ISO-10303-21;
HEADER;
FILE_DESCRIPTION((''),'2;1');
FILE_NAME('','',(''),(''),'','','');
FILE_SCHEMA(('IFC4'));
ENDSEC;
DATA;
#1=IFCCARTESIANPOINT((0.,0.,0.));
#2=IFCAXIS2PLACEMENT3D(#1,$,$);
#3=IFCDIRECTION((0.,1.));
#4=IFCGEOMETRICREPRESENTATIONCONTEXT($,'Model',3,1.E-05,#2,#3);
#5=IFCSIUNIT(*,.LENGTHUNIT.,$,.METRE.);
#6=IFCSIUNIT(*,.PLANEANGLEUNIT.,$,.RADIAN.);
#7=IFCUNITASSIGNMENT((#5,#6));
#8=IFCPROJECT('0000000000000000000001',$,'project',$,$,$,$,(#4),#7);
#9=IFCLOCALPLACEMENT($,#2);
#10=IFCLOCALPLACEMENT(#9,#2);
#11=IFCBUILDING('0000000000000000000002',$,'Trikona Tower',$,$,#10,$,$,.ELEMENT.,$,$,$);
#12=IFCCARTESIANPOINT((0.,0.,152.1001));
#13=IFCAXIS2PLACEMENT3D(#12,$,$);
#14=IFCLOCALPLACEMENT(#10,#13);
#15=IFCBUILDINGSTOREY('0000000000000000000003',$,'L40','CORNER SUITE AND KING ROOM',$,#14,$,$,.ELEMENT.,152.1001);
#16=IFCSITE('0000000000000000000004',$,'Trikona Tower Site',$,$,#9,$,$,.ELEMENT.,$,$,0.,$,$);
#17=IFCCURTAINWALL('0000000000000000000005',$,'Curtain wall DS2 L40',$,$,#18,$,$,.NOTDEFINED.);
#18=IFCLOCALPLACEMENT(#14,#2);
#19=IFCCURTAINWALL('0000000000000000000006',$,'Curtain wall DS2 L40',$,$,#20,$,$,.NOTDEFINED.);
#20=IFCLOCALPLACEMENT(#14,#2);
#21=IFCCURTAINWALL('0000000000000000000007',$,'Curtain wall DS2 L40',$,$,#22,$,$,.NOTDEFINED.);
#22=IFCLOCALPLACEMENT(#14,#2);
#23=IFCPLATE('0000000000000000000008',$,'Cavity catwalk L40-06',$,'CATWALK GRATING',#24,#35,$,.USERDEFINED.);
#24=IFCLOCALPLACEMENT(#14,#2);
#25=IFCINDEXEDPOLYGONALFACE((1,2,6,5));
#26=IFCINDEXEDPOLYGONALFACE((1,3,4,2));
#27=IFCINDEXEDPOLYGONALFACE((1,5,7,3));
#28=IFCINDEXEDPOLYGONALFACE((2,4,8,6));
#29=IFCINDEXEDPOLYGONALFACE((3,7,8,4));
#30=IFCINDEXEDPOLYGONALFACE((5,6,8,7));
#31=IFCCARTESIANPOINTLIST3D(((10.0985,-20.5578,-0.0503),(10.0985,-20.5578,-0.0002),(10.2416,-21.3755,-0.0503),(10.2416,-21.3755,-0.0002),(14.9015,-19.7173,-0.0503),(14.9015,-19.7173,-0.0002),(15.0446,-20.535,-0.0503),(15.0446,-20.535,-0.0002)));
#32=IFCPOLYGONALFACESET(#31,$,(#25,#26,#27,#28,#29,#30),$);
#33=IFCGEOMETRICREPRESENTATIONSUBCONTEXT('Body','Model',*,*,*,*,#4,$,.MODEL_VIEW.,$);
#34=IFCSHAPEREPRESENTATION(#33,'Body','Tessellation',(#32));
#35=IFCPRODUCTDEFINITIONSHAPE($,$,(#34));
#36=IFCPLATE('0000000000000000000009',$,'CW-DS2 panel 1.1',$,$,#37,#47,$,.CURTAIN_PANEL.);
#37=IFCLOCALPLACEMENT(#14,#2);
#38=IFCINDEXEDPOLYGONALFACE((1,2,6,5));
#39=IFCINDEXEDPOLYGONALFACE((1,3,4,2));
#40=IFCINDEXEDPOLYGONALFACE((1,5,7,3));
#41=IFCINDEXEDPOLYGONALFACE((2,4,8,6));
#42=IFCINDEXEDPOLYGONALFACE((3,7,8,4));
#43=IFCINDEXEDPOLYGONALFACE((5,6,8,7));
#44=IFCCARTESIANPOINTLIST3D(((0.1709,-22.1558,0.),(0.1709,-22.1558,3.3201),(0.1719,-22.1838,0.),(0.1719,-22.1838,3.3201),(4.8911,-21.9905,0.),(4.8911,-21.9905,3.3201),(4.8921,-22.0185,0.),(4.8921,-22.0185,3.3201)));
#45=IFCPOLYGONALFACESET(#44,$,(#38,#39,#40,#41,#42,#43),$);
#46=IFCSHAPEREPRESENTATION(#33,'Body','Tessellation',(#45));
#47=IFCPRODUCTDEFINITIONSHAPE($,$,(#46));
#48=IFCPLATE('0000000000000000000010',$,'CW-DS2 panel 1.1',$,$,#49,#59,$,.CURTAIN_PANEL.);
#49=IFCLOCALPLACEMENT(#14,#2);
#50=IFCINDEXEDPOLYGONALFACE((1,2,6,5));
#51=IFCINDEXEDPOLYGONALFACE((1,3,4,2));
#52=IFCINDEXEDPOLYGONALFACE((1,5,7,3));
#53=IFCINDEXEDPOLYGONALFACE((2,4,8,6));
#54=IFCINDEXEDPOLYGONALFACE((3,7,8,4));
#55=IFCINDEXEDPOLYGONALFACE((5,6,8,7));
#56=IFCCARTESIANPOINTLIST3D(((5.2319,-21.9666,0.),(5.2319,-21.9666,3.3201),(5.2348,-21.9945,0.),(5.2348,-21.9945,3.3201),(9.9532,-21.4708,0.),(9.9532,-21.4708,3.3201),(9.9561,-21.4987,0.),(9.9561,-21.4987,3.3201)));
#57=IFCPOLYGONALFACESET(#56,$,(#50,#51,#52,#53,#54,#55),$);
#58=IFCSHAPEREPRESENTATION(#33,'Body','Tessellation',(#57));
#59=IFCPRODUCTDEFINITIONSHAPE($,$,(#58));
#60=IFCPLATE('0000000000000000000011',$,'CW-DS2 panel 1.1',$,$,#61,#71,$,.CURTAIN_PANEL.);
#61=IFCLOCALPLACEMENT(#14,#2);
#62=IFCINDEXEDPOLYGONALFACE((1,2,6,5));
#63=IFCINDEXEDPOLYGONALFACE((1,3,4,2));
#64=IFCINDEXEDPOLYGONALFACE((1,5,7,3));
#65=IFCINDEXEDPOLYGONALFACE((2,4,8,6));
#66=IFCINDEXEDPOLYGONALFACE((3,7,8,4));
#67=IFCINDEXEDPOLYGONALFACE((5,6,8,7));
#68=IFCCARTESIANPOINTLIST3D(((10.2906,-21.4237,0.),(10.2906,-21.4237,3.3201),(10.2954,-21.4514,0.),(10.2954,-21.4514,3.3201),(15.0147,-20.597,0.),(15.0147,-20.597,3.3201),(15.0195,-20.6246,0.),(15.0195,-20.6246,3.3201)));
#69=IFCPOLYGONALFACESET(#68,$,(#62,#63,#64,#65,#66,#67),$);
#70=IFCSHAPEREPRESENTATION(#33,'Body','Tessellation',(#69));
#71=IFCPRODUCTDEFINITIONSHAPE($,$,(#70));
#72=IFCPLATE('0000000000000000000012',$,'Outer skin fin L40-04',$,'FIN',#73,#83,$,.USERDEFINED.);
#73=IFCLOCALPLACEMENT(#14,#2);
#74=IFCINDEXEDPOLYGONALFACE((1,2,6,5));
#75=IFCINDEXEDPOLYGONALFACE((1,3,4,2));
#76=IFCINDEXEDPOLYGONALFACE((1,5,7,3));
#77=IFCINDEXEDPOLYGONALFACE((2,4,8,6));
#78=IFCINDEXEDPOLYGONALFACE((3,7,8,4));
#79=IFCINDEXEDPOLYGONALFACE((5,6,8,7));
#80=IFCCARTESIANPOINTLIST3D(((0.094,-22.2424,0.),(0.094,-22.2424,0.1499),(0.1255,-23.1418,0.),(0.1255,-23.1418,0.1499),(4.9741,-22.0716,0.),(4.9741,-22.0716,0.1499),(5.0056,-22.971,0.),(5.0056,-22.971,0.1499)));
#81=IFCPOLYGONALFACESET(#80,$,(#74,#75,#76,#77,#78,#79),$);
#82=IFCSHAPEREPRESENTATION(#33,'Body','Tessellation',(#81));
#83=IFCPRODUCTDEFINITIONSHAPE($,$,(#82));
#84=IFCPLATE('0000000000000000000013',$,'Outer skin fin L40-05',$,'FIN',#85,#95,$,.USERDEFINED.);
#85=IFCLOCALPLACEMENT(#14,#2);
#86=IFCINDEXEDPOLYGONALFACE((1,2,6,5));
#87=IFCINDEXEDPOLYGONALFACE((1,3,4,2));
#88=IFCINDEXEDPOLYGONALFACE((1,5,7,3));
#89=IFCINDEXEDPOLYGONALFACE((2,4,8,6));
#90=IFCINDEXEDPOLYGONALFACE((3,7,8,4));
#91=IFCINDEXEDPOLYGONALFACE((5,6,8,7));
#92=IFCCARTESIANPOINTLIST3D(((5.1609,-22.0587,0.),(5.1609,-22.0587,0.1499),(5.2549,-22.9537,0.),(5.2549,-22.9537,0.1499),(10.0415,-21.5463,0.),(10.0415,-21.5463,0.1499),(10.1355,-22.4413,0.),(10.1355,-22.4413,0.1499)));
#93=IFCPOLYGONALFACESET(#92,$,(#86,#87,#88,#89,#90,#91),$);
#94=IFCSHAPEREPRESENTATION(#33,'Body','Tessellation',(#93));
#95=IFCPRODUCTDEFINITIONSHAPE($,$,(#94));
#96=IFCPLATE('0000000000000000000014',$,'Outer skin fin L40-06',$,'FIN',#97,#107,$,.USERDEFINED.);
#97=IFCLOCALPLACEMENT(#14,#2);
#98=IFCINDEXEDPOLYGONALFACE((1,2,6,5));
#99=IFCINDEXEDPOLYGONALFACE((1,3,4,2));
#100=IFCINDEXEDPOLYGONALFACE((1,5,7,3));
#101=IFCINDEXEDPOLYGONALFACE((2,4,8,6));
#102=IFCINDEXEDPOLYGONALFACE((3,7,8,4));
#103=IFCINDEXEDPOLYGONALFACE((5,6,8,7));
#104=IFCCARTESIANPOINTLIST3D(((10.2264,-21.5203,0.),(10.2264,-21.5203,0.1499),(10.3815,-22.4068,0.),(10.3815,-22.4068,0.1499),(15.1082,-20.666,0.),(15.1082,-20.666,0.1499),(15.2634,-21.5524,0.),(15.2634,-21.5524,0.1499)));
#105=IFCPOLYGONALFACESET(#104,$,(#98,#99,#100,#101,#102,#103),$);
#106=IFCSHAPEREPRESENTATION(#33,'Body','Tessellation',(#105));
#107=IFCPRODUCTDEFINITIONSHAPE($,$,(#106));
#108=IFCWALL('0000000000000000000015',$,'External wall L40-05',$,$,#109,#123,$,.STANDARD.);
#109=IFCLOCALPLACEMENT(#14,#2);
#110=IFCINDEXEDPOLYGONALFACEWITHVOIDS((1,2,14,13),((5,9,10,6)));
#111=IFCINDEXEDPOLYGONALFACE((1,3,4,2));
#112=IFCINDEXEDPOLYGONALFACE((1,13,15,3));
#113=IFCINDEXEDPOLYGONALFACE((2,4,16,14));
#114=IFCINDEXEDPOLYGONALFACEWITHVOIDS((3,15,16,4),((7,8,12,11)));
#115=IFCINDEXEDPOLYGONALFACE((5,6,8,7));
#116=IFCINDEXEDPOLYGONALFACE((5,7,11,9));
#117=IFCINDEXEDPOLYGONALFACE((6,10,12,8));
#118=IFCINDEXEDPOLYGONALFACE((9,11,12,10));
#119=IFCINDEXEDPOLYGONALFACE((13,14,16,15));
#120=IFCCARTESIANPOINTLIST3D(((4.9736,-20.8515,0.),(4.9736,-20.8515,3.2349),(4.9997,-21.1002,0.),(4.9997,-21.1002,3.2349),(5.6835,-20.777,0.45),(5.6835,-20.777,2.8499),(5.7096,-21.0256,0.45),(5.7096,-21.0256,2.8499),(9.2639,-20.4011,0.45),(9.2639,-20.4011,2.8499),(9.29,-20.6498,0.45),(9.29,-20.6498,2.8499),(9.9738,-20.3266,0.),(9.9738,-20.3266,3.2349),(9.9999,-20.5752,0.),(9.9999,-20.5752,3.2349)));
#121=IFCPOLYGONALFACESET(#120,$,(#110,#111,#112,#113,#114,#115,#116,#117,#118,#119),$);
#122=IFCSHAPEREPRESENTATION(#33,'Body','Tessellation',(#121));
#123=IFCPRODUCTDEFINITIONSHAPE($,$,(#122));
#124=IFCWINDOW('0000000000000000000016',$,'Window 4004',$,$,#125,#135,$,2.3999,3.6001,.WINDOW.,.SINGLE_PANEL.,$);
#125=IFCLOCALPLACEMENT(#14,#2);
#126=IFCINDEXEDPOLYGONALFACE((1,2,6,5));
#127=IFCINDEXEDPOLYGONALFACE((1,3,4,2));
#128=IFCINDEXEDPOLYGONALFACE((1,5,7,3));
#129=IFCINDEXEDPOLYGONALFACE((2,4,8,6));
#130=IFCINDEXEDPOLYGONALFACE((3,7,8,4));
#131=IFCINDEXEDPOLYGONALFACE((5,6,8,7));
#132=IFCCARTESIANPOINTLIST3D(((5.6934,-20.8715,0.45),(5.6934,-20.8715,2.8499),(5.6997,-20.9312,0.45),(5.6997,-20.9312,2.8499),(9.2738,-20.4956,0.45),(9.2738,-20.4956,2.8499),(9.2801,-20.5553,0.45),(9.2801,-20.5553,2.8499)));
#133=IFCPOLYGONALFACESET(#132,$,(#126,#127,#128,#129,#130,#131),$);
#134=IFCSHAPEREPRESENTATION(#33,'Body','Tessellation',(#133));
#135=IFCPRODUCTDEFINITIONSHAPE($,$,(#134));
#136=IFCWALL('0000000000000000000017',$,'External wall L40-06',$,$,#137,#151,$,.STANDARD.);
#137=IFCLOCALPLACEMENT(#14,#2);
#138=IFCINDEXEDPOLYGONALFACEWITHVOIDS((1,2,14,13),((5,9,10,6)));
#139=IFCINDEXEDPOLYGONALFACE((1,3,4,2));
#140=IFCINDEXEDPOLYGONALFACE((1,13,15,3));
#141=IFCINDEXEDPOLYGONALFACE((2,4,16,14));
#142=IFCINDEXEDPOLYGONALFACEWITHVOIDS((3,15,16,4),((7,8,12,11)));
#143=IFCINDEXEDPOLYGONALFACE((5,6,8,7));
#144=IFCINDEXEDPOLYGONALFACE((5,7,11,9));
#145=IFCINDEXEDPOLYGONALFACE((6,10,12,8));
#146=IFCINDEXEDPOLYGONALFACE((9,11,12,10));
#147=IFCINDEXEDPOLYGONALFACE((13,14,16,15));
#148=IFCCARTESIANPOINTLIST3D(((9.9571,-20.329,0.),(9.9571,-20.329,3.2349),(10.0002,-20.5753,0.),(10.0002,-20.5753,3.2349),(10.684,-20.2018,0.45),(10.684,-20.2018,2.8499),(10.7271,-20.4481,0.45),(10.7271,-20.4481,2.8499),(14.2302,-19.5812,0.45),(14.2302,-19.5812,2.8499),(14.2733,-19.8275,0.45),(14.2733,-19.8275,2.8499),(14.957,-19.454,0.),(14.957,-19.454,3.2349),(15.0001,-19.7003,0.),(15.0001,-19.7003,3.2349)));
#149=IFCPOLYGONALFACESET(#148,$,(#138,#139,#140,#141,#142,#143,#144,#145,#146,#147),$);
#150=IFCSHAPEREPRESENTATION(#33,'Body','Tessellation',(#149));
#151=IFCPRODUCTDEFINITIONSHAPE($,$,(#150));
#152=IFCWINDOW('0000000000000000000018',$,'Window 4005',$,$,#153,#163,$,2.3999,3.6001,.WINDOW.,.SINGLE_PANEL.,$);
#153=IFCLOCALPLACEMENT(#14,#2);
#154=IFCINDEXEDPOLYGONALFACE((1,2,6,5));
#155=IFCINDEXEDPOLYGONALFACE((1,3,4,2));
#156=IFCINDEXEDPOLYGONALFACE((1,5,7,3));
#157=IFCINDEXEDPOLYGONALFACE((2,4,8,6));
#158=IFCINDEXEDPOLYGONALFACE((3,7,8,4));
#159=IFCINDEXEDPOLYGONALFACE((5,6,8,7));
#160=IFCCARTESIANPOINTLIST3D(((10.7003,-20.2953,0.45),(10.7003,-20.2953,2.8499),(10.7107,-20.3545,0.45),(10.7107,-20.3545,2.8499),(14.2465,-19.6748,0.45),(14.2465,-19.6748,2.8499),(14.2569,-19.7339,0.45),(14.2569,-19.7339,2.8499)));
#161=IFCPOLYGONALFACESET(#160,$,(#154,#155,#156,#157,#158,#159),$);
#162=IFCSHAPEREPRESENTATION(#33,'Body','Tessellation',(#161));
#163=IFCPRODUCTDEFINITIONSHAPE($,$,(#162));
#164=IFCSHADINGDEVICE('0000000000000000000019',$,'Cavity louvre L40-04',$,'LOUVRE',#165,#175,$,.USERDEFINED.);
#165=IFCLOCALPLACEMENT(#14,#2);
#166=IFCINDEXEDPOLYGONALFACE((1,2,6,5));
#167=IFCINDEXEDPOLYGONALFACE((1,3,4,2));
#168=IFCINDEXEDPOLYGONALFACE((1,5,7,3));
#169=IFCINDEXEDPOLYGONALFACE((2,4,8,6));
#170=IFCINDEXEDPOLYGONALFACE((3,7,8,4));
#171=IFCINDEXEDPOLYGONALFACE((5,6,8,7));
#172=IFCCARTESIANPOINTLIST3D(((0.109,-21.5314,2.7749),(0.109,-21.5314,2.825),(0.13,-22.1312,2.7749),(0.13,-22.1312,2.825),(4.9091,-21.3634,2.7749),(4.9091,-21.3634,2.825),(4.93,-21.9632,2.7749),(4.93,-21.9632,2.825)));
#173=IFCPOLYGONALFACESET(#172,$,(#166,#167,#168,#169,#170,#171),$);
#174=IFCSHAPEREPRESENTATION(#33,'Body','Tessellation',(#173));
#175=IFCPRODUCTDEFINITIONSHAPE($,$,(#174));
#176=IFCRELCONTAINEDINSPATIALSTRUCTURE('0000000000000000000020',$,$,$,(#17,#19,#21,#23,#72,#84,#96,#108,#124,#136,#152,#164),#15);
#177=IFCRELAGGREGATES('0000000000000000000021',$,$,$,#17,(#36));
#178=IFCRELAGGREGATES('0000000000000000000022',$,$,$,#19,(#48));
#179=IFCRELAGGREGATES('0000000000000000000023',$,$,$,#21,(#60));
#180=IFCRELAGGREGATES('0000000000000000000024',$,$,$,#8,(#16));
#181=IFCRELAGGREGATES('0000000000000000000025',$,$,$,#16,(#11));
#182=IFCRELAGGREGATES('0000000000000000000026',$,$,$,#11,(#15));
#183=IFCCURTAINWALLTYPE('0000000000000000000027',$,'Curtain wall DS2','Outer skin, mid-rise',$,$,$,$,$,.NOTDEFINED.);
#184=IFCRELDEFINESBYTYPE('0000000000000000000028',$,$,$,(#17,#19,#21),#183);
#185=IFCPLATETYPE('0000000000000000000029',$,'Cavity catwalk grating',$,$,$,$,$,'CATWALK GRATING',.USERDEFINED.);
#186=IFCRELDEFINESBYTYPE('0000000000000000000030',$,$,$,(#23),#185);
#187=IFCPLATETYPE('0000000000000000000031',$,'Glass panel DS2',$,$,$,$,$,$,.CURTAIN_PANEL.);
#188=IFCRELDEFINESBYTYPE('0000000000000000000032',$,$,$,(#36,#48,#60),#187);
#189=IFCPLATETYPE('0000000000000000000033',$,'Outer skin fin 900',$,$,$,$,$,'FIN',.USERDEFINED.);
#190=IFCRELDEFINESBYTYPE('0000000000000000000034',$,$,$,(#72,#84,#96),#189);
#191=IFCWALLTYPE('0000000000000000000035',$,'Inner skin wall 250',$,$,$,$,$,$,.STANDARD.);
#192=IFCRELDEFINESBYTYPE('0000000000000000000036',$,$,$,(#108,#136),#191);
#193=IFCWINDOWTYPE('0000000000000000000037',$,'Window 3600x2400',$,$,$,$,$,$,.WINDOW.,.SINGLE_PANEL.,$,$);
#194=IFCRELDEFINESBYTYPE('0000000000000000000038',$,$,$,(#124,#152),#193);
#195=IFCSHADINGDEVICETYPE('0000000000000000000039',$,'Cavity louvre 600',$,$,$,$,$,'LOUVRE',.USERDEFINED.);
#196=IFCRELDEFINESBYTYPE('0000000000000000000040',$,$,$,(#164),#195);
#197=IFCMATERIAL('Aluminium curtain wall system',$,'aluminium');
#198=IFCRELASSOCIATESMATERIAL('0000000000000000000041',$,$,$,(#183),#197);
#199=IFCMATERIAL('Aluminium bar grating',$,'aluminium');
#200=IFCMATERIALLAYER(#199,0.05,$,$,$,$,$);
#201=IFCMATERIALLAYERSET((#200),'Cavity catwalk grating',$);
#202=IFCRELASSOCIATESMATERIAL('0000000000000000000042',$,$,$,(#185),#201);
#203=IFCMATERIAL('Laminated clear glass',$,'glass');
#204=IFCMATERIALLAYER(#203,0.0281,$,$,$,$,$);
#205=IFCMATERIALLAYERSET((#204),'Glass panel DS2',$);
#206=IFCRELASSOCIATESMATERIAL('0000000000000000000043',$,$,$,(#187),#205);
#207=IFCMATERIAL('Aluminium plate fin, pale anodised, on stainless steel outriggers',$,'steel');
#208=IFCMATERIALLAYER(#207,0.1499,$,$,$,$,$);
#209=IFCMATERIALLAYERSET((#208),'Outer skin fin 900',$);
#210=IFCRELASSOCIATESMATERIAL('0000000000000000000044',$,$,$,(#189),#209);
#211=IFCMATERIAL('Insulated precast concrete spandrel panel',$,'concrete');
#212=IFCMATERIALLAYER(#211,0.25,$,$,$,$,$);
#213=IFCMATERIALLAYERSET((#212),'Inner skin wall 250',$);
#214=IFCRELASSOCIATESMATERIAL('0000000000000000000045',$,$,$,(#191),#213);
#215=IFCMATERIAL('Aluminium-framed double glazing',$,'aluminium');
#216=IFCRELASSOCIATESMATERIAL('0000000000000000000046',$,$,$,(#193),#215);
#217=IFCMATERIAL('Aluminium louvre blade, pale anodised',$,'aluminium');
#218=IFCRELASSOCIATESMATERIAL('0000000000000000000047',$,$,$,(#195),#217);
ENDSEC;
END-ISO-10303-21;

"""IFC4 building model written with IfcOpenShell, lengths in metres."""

from ifc_helpers import new_model, si_unit, direction, frame, frame_2d, origin, origin_2d, place, context, subcontext, project, spatial, rectangle, extrude, material, layer, layer_set, type_object, element, fill, aggregate, save


model = new_model("IFC4")

# Units and contexts
model_context = context("Model", 3, precision=1e-05, world=origin(), true_north=direction((0.0, 1.0)))
body_context = subcontext(model_context, "Body", "Model", "MODEL_VIEW")
ifc_project = project(units=[si_unit("LENGTHUNIT", "METRE"), si_unit("PLANEANGLEUNIT", "RADIAN")], contexts=[model_context])

# Site, building, storey
site_placement = place(None, origin())
site = spatial("IfcSite", under=ifc_project, at=site_placement, Name="Trikona Tower Site", CompositionType="ELEMENT", RefElevation=0.0)
building_placement = place(site_placement, origin())
building = spatial("IfcBuilding", under=site, at=building_placement, Name="Trikona Tower", CompositionType="ELEMENT")
storey_placement = place(building_placement, frame((0.0, 0.0, 152.1001)))
storey = spatial("IfcBuildingStorey", under=building, at=storey_placement, Name="L40", Description="CORNER SUITE AND KING ROOM", CompositionType="ELEMENT", Elevation=152.1001)

# Curtain walls
ifc_material_1 = material(Name="Aluminium curtain wall system", Category="aluminium")
curtain_wall_type = type_object("IfcCurtainWallType", Name="Curtain wall DS2", Description="Outer skin, mid-rise", PredefinedType="NOTDEFINED", material=ifc_material_1)
curtain_wall_1_placement = place(storey_placement, origin())
curtain_wall_1 = element("IfcCurtainWall", 1, at=curtain_wall_1_placement, inside=storey, type_object=curtain_wall_type, Name="Curtain wall DS2 L40", PredefinedType="NOTDEFINED")
curtain_wall_2_placement = place(storey_placement, origin())
curtain_wall_2 = element("IfcCurtainWall", 2, at=curtain_wall_2_placement, inside=storey, type_object=curtain_wall_type, Name="Curtain wall DS2 L40", PredefinedType="NOTDEFINED")

# Curtain wall
curtain_wall_3_placement = place(storey_placement, origin())
curtain_wall_3 = element("IfcCurtainWall", 3, at=curtain_wall_3_placement, inside=storey, type_object=curtain_wall_type, Name="Curtain wall DS2 L40", PredefinedType="NOTDEFINED")

# Plate
ifc_material_2 = material(Name="Aluminium bar grating", Category="aluminium")
ifc_layer_1 = layer(ifc_material_2, 0.05)
ifc_layer_set_1 = layer_set([ifc_layer_1], Name="Cavity catwalk grating")
plate_type_1 = type_object("IfcPlateType", Name="Cavity catwalk grating", ElementType="CATWALK GRATING", PredefinedType="USERDEFINED", material=ifc_layer_set_1)
plate_1_placement = place(storey_placement, frame((12.5715, -20.5464, -0.0503), z_axis=(0.0, 0.0, 1.0), x_axis=(0.985031, 0.17238, 0.0)))
element("IfcPlate", 4, at=plate_1_placement, inside=storey, type_object=plate_type_1, Name="Cavity catwalk L40-06", ObjectType="CATWALK GRATING", PredefinedType="USERDEFINED", context=body_context, shape_type="SweptSolid", body=[
    extrude(rectangle(XDim=4.876, YDim=0.8301, at=origin_2d()), origin(), (0.0, 0.0, 1.0), 0.05),
])

# Plates
ifc_material_3 = material(Name="Laminated clear glass", Category="glass")
ifc_layer_2 = layer(ifc_material_3, 0.0281)
ifc_layer_set_2 = layer_set([ifc_layer_2], Name="Glass panel DS2")
plate_type_2 = type_object("IfcPlateType", Name="Glass panel DS2", PredefinedType="CURTAIN_PANEL", material=ifc_layer_set_2)
plate_2_placement = place(storey_placement, frame((2.5315, -22.0872, 0.0), z_axis=(0.0, 0.0, 1.0), x_axis=(0.999387, 0.034998, 0.0)))
plate_2 = element("IfcPlate", 5, at=plate_2_placement, type_object=plate_type_2, Name="CW-DS2 panel 1.1", PredefinedType="CURTAIN_PANEL", context=body_context, shape_type="SweptSolid", body=[
    extrude(rectangle(XDim=4.7231, YDim=0.0281, at=origin_2d()), origin(), (0.0, 0.0, 1.0), 3.3201),
])
aggregate(curtain_wall_1, [plate_2])
plate_3_placement = place(storey_placement, frame((7.594, -21.7327, 0.0), z_axis=(0.0, 0.0, 1.0), x_axis=(0.994532, 0.104433, 0.0)))
plate_3 = element("IfcPlate", 6, at=plate_3_placement, type_object=plate_type_2, Name="CW-DS2 panel 1.1", PredefinedType="CURTAIN_PANEL", context=body_context, shape_type="SweptSolid", body=[
    extrude(rectangle(XDim=4.7473, YDim=0.0281, at=origin_2d()), origin(), (0.0, 0.0, 1.0), 3.3201),
])
aggregate(curtain_wall_2, [plate_3])
plate_4_placement = place(storey_placement, frame((12.655, -21.0242, 0.0), z_axis=(0.0, 0.0, 1.0), x_axis=(0.985031, 0.172377, 0.0)))
plate_4 = element("IfcPlate", 7, at=plate_4_placement, type_object=plate_type_2, Name="CW-DS2 panel 1.1", PredefinedType="CURTAIN_PANEL", context=body_context, shape_type="SweptSolid", body=[
    extrude(rectangle(XDim=4.7959, YDim=0.0281, at=origin_2d()), origin(), (0.0, 0.0, 1.0), 3.3201),
])
aggregate(curtain_wall_3, [plate_4])

# Plates
ifc_material_4 = material(Name="Aluminium plate fin, pale anodised, on stainless steel outriggers", Category="steel")
ifc_layer_3 = layer(ifc_material_4, 0.1499)
ifc_layer_set_3 = layer_set([ifc_layer_3], Name="Outer skin fin 900")
plate_type_3 = type_object("IfcPlateType", Name="Outer skin fin 900", ElementType="FIN", PredefinedType="USERDEFINED", material=ifc_layer_set_3)
plate_5_placement = place(storey_placement, frame((2.5498, -22.6067, 0.0), z_axis=(0.0, 0.0, 1.0), x_axis=(0.999388, 0.034978, 0.0)))
element("IfcPlate", 8, at=plate_5_placement, inside=storey, type_object=plate_type_3, Name="Outer skin fin L40-04", ObjectType="FIN", PredefinedType="USERDEFINED", context=body_context, shape_type="SweptSolid", body=[
    extrude(rectangle(XDim=4.8831, YDim=0.8999, at=origin_2d()), origin(), (0.0, 0.0, 1.0), 0.1499),
])
plate_6_placement = place(storey_placement, frame((7.6482, -22.25, 0.0), z_axis=(0.0, 0.0, 1.0), x_axis=(0.994533, 0.104426, 0.0)))
element("IfcPlate", 9, at=plate_6_placement, inside=storey, type_object=plate_type_3, Name="Outer skin fin L40-05", ObjectType="FIN", PredefinedType="USERDEFINED", context=body_context, shape_type="SweptSolid", body=[
    extrude(rectangle(XDim=4.9075, YDim=0.8999, at=origin_2d()), origin(), (0.0, 0.0, 1.0), 0.1499),
])
plate_7_placement = place(storey_placement, frame((12.7449, -21.5364, 0.0), z_axis=(0.0, 0.0, 1.0), x_axis=(0.985031, 0.17238, 0.0)))
element("IfcPlate", 10, at=plate_7_placement, inside=storey, type_object=plate_type_3, Name="Outer skin fin L40-06", ObjectType="FIN", PredefinedType="USERDEFINED", context=body_context, shape_type="SweptSolid", body=[
    extrude(rectangle(XDim=4.9561, YDim=0.8999, at=origin_2d()), origin(), (0.0, 0.0, 1.0), 0.1499),
])

# Walls, openings, windows
ifc_material_5 = material(Name="Insulated precast concrete spandrel panel", Category="concrete")
ifc_layer_4 = layer(ifc_material_5, 0.25)
ifc_layer_set_4 = layer_set([ifc_layer_4], Name="Inner skin wall 250")
wall_type = type_object("IfcWallType", Name="Inner skin wall 250", PredefinedType="STANDARD", material=ifc_layer_set_4)
wall_1_placement = place(storey_placement, frame((4.9868, -20.9758, 0.0), z_axis=(0.0, 0.0, 1.0), x_axis=(0.994535, 0.104407, 0.0)))
wall_1 = element("IfcWall", 11, at=wall_1_placement, inside=storey, type_object=wall_type, Name="External wall L40-05", PredefinedType="STANDARD", context=body_context, shape_type="SweptSolid", body=[
    extrude(rectangle(XDim=5.0276, YDim=0.25, at=frame_2d((2.5137, 0.0))), origin(), (0.0, 0.0, 1.0), 3.2349),
])
opening_1_placement = place(wall_1_placement, frame((0.7136, 0.0, 0.45)))
opening_1 = element("IfcOpeningElement", 12, at=opening_1_placement, cuts=wall_1, PredefinedType="OPENING", context=body_context, shape_type="SweptSolid", body=[
    extrude(rectangle(XDim=3.6001, YDim=2.3999, at=frame_2d((1.8, 1.2))), frame((0.0, 0.135, 0.0), z_axis=(0.0, -1.0, 0.0), x_axis=(1.0, 0.0, 0.0)), (0.0, 0.0, 1.0), 0.27),
])
ifc_material_6 = material(Name="Aluminium-framed double glazing", Category="aluminium")
window_type = type_object("IfcWindowType", Name="Window 3600x2400", PartitioningType="SINGLE_PANEL", PredefinedType="WINDOW", material=ifc_material_6)
window_1_placement = place(opening_1_placement, origin())
window_1 = element("IfcWindow", 13, at=window_1_placement, inside=storey, type_object=window_type, Name="Window 4004", OverallHeight=2.3999, OverallWidth=3.6001, PartitioningType="SINGLE_PANEL", PredefinedType="WINDOW", context=body_context, shape_type="SweptSolid", body=[
    extrude(rectangle(XDim=3.6001, YDim=2.3999, at=frame_2d((1.8, 1.2))), frame((0.0, 0.03, 0.0), z_axis=(0.0, -1.0, 0.0), x_axis=(1.0, 0.0, 0.0)), (0.0, 0.0, 1.0), 0.0601),
])
fill(opening_1, window_1)
wall_2_placement = place(storey_placement, frame((9.9785, -20.4521, 0.0), z_axis=(0.0, 0.0, 1.0), x_axis=(0.98503, 0.17238, 0.0)))
wall_2 = element("IfcWall", 14, at=wall_2_placement, inside=storey, type_object=wall_type, Name="External wall L40-06", PredefinedType="STANDARD", context=body_context, shape_type="SweptSolid", body=[
    extrude(rectangle(XDim=5.0759, YDim=0.25, at=frame_2d((2.5381, 0.0))), origin(), (0.0, 0.0, 1.0), 3.2349),
])
opening_2_placement = place(wall_2_placement, frame((0.738, 0.0, 0.45)))
opening_2 = element("IfcOpeningElement", 15, at=opening_2_placement, cuts=wall_2, PredefinedType="OPENING", context=body_context, shape_type="SweptSolid", body=[
    extrude(rectangle(XDim=3.6001, YDim=2.3999, at=frame_2d((1.8, 1.2))), frame((0.0, 0.135, 0.0), z_axis=(0.0, -1.0, 0.0), x_axis=(1.0, 0.0, 0.0)), (0.0, 0.0, 1.0), 0.27),
])
window_2_placement = place(opening_2_placement, origin())
window_2 = element("IfcWindow", 16, at=window_2_placement, inside=storey, type_object=window_type, Name="Window 4005", OverallHeight=2.3999, OverallWidth=3.6001, PartitioningType="SINGLE_PANEL", PredefinedType="WINDOW", context=body_context, shape_type="SweptSolid", body=[
    extrude(rectangle(XDim=3.6001, YDim=2.3999, at=frame_2d((1.8, 1.2))), frame((0.0, 0.03, 0.0), z_axis=(0.0, -1.0, 0.0), x_axis=(1.0, 0.0, 0.0)), (0.0, 0.0, 1.0), 0.0601),
])
fill(opening_2, window_2)

# Shading device
ifc_material_7 = material(Name="Aluminium louvre blade, pale anodised", Category="aluminium")
shading_device_type = type_object("IfcShadingDeviceType", Name="Cavity louvre 600", ElementType="LOUVRE", PredefinedType="USERDEFINED", material=ifc_material_7)
shading_device_1_placement = place(storey_placement, frame((2.5195, -21.7473, 2.7749), z_axis=(0.0, 0.0, 1.0), x_axis=(0.999388, 0.034978, 0.0)))
element("IfcShadingDevice", 17, at=shading_device_1_placement, inside=storey, type_object=shading_device_type, Name="Cavity louvre L40-04", ObjectType="LOUVRE", PredefinedType="USERDEFINED", context=body_context, shape_type="SweptSolid", body=[
    extrude(rectangle(XDim=4.803, YDim=0.6001, at=origin_2d()), origin(), (0.0, 0.0, 1.0), 0.05),
])

save(model, "model.ifc")
